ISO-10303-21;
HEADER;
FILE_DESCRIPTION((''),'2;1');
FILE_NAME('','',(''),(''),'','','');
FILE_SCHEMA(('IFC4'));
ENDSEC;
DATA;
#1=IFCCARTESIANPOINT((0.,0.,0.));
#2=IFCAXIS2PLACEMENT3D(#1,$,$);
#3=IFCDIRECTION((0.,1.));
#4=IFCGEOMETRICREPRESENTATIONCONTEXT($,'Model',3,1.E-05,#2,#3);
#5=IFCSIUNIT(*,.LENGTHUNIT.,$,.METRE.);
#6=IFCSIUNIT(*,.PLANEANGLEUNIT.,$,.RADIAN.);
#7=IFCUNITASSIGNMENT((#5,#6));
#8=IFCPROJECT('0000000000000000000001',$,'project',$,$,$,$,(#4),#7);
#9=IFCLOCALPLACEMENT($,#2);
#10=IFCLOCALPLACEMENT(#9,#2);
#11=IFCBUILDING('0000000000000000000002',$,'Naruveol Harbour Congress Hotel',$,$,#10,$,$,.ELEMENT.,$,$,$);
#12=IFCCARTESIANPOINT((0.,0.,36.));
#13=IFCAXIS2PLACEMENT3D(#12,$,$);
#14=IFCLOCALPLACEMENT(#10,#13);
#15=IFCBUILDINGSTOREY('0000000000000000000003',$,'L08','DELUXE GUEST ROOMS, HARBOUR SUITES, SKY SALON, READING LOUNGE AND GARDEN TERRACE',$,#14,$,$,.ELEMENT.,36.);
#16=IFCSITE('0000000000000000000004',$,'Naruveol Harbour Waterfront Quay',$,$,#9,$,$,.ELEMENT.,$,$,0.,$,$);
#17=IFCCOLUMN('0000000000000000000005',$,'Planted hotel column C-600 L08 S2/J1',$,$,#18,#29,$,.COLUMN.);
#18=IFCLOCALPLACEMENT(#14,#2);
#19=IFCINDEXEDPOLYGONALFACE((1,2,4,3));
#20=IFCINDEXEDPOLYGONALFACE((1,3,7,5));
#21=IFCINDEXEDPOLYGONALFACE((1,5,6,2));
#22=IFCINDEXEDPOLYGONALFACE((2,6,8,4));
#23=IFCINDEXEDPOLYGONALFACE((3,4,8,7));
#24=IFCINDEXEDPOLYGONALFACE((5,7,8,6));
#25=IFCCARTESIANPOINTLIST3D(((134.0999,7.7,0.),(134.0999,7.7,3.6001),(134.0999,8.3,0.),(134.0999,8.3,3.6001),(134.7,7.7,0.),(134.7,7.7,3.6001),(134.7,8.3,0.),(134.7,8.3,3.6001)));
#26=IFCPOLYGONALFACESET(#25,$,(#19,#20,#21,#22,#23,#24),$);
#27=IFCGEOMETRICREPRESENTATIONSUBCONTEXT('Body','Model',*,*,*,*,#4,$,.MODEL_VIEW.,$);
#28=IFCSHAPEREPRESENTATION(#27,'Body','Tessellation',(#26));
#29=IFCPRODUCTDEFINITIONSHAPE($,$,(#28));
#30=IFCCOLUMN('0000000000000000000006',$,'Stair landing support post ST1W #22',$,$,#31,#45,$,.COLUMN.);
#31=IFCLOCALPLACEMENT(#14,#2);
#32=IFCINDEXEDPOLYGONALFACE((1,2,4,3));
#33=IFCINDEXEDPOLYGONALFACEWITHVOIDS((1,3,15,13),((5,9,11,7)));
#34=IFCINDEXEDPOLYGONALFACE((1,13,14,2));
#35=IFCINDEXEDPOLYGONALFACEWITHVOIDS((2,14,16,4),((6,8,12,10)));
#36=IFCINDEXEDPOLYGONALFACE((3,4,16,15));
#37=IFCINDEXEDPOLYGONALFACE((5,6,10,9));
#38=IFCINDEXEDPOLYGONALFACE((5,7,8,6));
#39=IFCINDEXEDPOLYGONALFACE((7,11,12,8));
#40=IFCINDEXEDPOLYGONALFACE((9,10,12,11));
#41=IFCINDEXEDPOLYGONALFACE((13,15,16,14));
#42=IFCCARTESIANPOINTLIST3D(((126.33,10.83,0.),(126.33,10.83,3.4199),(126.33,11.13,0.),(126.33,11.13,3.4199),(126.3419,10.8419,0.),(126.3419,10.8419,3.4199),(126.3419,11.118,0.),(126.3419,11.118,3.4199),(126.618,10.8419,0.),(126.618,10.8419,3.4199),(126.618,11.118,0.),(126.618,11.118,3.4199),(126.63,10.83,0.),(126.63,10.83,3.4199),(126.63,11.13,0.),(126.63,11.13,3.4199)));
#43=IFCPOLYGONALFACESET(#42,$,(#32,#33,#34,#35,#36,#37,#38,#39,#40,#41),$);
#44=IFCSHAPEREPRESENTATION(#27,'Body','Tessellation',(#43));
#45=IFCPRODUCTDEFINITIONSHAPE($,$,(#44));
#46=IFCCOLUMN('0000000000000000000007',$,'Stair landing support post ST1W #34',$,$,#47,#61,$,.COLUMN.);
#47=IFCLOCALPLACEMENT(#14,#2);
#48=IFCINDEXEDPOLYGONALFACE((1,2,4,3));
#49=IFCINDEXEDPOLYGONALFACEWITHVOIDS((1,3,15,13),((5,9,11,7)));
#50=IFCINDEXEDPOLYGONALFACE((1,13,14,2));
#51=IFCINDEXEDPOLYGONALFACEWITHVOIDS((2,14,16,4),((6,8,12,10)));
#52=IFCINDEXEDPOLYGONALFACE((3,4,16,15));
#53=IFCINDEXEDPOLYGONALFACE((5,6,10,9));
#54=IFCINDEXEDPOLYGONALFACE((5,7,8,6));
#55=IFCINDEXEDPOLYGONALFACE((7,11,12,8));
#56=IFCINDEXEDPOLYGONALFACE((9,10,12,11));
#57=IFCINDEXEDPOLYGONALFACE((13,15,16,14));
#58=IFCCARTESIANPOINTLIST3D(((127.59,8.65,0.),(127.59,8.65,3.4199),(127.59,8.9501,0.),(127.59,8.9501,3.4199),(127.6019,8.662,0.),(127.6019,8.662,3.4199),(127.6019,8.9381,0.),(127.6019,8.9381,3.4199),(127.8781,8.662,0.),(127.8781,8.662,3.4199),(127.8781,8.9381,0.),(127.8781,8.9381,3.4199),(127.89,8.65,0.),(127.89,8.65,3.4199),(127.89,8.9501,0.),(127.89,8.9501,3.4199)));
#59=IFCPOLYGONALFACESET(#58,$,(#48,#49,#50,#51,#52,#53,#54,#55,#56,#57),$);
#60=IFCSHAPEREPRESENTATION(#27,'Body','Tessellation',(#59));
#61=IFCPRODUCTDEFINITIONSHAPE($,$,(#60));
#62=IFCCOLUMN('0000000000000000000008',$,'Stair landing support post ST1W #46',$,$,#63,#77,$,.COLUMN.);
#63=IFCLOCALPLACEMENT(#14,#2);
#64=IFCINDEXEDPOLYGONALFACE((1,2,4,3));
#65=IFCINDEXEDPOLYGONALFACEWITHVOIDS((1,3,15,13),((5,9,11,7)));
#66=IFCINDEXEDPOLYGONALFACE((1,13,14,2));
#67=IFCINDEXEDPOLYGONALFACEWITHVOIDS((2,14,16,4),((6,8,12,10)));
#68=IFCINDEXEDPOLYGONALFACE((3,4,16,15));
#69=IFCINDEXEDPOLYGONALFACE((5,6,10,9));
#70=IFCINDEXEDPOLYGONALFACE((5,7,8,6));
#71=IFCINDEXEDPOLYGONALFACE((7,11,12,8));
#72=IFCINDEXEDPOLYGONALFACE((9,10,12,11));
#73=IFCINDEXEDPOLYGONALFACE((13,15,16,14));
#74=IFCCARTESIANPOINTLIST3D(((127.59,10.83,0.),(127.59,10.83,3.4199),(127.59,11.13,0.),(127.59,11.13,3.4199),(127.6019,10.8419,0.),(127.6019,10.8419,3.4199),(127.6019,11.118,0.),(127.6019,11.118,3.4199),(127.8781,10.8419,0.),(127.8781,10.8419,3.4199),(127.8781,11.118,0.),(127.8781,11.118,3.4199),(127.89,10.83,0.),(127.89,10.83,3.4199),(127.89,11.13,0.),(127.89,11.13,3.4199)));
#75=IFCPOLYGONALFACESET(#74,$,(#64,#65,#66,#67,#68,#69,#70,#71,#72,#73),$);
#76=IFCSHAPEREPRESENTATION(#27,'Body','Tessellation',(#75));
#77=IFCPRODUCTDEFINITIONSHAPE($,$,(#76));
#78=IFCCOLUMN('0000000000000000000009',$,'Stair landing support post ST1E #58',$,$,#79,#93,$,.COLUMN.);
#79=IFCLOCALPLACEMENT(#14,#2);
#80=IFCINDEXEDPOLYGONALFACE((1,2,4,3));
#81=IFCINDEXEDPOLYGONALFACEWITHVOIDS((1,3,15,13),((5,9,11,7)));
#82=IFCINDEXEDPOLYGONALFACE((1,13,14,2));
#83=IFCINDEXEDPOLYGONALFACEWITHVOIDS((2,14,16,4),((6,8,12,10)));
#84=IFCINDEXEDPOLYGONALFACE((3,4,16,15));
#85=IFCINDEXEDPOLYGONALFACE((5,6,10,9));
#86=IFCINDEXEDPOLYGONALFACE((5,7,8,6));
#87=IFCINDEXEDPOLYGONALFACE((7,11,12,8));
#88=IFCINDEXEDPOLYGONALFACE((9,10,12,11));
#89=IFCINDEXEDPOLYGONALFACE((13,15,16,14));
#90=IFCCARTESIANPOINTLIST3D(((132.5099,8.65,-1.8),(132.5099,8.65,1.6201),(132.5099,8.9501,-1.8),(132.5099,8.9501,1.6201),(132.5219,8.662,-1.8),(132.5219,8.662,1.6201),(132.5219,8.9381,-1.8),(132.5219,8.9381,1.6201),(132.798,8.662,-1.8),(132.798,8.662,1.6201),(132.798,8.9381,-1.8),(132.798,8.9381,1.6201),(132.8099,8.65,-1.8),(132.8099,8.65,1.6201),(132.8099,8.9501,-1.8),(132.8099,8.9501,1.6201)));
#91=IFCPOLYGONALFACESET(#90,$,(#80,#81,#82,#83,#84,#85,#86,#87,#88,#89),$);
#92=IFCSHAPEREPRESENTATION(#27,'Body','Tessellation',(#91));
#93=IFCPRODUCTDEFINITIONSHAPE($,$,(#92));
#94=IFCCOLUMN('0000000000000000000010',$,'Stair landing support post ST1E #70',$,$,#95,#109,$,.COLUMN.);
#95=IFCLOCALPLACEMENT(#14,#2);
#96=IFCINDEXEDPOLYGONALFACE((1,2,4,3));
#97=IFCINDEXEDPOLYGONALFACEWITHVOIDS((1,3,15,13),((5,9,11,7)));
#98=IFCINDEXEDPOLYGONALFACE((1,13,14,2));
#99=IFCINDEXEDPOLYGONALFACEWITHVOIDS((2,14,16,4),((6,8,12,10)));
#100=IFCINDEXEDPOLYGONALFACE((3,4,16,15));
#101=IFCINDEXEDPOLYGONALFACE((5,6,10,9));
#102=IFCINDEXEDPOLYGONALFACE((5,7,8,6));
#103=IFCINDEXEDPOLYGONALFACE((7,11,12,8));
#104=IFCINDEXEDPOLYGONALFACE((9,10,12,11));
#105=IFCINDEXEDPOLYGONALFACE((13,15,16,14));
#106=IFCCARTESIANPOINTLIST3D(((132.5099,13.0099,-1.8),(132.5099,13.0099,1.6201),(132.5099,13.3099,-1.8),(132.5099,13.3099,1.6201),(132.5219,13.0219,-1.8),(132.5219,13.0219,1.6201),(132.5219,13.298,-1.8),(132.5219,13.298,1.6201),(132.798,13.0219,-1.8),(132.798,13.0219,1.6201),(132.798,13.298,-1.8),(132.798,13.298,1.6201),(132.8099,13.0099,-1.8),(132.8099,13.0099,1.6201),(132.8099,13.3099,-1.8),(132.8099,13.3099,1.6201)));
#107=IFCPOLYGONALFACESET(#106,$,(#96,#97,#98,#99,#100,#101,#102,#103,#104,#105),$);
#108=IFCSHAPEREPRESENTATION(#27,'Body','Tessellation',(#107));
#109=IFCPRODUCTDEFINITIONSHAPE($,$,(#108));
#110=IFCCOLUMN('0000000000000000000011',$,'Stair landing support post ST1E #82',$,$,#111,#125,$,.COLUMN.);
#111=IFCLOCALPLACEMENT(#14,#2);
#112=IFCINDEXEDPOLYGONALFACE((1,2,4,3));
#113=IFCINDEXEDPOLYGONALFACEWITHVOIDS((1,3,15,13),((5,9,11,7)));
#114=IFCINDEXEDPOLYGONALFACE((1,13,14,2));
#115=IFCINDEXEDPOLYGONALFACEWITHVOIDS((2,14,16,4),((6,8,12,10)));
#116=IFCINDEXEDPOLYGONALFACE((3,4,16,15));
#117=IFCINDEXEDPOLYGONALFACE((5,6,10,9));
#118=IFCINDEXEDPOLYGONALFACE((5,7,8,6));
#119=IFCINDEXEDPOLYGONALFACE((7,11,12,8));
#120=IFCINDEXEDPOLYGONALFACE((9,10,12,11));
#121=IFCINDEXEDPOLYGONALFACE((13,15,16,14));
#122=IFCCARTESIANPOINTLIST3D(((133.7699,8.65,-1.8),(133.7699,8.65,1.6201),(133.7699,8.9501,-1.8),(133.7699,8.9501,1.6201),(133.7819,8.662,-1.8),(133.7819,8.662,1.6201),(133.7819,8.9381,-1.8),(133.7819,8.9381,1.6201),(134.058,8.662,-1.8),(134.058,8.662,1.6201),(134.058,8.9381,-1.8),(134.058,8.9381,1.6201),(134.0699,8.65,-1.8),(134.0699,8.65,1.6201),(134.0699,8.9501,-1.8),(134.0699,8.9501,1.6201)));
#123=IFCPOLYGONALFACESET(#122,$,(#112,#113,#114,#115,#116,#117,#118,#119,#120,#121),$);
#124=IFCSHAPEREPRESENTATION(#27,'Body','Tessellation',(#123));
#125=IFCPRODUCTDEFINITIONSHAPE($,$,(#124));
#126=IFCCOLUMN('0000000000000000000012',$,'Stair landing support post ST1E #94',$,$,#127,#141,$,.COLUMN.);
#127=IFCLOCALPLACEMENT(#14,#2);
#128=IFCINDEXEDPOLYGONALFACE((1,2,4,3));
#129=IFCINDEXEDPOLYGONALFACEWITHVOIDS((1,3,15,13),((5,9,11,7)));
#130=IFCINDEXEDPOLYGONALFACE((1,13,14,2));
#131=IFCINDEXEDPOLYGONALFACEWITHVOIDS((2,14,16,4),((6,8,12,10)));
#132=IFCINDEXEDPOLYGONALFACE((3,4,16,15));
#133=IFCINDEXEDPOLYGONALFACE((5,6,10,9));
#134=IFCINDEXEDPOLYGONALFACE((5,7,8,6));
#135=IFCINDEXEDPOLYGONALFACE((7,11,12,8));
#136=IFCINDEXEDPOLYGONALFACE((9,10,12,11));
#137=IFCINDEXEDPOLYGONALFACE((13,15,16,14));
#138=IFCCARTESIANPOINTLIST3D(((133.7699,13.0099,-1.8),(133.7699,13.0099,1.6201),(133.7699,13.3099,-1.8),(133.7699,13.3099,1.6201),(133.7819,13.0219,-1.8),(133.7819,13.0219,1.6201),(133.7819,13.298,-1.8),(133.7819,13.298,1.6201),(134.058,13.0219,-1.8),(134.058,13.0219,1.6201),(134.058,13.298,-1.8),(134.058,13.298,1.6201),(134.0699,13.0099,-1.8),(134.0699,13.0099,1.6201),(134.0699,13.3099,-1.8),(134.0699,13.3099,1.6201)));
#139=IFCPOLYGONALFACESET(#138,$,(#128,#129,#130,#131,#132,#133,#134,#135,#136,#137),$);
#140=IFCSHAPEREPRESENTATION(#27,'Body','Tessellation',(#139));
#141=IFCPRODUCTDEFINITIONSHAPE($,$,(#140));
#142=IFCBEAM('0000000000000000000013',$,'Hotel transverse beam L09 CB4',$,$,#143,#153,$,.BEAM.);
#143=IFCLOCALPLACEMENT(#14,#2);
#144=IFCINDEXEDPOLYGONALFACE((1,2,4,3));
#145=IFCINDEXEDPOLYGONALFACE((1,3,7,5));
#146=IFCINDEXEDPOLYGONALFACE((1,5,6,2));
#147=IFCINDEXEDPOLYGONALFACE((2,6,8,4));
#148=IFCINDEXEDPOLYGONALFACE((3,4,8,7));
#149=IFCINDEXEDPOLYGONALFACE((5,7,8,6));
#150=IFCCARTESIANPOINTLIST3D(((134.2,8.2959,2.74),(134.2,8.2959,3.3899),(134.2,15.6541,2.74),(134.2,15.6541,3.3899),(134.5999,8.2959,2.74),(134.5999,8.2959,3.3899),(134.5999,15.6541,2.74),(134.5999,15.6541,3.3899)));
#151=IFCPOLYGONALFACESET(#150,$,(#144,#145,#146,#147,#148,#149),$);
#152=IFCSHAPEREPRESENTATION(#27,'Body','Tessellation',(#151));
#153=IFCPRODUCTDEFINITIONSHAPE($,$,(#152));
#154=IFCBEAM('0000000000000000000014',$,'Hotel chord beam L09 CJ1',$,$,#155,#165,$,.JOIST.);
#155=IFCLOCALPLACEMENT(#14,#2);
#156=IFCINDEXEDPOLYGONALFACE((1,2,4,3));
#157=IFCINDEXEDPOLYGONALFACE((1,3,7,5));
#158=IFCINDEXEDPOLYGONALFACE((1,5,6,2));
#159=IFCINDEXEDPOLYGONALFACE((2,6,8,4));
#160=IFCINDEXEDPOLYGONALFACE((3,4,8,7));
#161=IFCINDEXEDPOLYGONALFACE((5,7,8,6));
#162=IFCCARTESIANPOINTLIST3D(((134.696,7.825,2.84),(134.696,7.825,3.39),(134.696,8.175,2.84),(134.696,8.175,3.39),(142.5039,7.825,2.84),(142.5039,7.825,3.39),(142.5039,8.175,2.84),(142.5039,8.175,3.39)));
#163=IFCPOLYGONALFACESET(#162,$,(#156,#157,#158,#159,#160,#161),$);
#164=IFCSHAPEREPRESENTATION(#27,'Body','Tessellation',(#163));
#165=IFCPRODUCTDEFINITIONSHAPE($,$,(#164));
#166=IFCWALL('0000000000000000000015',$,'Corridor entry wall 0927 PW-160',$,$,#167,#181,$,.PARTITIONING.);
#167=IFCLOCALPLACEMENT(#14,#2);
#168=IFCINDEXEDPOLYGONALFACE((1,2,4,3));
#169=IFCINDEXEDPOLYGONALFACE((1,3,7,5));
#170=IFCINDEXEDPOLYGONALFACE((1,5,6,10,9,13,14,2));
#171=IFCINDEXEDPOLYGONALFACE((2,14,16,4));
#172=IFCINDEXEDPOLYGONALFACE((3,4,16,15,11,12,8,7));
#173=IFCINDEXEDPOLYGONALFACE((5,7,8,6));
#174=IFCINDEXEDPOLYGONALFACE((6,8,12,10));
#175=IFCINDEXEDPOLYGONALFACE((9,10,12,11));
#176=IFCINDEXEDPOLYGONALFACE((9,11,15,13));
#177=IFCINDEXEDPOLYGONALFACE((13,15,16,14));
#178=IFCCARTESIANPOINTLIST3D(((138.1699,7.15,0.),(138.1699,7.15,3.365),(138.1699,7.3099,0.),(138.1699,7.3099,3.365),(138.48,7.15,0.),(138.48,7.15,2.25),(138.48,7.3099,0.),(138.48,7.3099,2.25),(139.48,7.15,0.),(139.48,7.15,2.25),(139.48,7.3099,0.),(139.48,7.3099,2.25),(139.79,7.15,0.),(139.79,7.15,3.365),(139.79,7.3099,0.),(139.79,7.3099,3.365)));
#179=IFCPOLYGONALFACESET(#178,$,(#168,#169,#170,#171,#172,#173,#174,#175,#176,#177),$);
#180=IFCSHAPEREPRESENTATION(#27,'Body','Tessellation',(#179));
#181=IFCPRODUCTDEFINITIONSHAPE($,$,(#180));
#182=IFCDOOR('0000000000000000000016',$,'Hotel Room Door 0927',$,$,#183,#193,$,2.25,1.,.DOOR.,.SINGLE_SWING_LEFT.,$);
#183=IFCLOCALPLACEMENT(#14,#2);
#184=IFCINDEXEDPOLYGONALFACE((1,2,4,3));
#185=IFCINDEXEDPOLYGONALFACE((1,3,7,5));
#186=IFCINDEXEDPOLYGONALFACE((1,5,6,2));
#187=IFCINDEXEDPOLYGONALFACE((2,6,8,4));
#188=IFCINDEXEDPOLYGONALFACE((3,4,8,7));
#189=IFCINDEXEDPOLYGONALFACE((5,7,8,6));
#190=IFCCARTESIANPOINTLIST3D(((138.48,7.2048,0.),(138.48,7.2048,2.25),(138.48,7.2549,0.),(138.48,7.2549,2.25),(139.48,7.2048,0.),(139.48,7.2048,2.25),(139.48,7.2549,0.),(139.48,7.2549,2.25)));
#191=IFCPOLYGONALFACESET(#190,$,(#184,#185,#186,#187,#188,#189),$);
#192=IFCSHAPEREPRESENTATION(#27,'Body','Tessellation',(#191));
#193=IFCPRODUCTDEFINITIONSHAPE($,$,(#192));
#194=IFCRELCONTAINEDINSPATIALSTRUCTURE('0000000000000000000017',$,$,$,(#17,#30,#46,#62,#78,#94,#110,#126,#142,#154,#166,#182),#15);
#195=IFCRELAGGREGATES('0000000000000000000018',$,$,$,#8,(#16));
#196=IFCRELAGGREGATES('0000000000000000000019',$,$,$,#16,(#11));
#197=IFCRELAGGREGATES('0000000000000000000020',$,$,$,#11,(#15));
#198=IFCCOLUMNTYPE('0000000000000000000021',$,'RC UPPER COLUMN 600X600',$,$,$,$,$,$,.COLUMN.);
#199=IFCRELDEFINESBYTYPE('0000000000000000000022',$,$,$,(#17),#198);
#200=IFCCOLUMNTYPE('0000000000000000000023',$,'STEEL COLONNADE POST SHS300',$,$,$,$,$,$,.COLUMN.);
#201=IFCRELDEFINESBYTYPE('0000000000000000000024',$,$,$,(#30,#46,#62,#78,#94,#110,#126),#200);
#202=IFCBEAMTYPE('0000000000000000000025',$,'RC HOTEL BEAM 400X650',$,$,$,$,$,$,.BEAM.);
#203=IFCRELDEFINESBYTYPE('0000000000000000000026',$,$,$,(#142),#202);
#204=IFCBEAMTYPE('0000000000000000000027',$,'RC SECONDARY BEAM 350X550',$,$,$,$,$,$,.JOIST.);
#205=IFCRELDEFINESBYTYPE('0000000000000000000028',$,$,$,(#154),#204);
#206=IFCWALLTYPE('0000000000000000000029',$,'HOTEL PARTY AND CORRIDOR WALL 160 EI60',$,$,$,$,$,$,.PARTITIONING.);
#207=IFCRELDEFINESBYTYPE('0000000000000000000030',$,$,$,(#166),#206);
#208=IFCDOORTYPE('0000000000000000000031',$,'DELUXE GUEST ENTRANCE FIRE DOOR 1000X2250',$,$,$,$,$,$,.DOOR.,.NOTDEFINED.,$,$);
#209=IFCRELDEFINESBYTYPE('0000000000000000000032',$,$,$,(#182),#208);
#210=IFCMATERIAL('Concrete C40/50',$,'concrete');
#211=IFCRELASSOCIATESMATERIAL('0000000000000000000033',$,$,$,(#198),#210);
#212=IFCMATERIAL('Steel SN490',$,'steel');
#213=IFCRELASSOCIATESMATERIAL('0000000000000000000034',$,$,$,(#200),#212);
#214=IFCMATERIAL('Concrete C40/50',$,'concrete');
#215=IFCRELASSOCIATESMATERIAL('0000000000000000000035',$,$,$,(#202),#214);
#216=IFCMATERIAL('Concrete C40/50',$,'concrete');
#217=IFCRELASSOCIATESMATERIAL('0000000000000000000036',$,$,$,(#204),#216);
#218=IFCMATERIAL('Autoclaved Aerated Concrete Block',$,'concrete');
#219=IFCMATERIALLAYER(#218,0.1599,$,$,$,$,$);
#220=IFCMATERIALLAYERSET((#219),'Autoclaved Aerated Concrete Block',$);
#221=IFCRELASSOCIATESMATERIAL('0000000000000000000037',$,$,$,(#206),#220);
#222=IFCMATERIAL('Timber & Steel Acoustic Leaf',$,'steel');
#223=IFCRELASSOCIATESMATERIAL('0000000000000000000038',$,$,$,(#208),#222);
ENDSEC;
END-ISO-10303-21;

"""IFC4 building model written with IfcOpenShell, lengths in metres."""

from ifc_helpers import new_model, si_unit, direction, frame, frame_2d, origin, origin_2d, place, context, subcontext, project, spatial, rectangle, hollow_rectangle, extrude, material, layer, layer_set, material_profile, profile_set, type_object, element, fill, save


model = new_model("IFC4")

# Units and contexts
model_context = context("Model", 3, precision=1e-05, world=origin(), true_north=direction((0.0, 1.0)))
body_context = subcontext(model_context, "Body", "Model", "MODEL_VIEW")
ifc_project = project(units=[si_unit("LENGTHUNIT", "METRE"), si_unit("PLANEANGLEUNIT", "RADIAN")], contexts=[model_context])

# Site, building, storey
site_placement = place(None, origin())
site = spatial("IfcSite", under=ifc_project, at=site_placement, Name="Naruveol Harbour Waterfront Quay", CompositionType="ELEMENT", RefElevation=0.0)
building_placement = place(site_placement, origin())
building = spatial("IfcBuilding", under=site, at=building_placement, Name="Naruveol Harbour Congress Hotel", CompositionType="ELEMENT")
storey_placement = place(building_placement, frame((0.0, 0.0, 36.0)))
storey = spatial("IfcBuildingStorey", under=building, at=storey_placement, Name="L08", Description="DELUXE GUEST ROOMS, HARBOUR SUITES, SKY SALON, READING LOUNGE AND GARDEN TERRACE", CompositionType="ELEMENT", Elevation=36.0)

# Columns
ifc_material_1 = material(Name="Concrete C40/50", Category="concrete")
ifc_material_profile_1 = material_profile(ifc_material_1, rectangle(XDim=0.6001, YDim=0.6001, at=origin_2d()), Name="RC-600x600")
ifc_profile_set_1 = profile_set([ifc_material_profile_1], Name="Concrete C40/50")
column_type_1 = type_object("IfcColumnType", Name="RC UPPER COLUMN 600X600", PredefinedType="COLUMN", material=ifc_profile_set_1)
column_placement = place(storey_placement, frame((134.3999, 8.0, 0.0), z_axis=(0.0, 0.0, 1.0), x_axis=(1.0, 0.0, 0.0)))
element("IfcColumn", 1, at=column_placement, inside=storey, type_object=column_type_1, Name="Planted hotel column C-600 L08 S2/J1", PredefinedType="COLUMN", context=body_context, shape_type="SweptSolid", body=[
    extrude(rectangle(XDim=0.6001, YDim=0.6001, at=origin_2d()), origin(), (0.0, 0.0, 1.0), 3.6001),
])
ifc_material_2 = material(Name="Steel SN490", Category="steel")
ifc_material_profile_2 = material_profile(ifc_material_2, hollow_rectangle(XDim=0.3, YDim=0.3, WallThickness=0.012, at=origin_2d()), Name="SHS-300x300x12")
ifc_profile_set_2 = profile_set([ifc_material_profile_2], Name="Steel SN490")
column_type_2 = type_object("IfcColumnType", Name="STEEL COLONNADE POST SHS300", PredefinedType="COLUMN", material=ifc_profile_set_2)
for number, where, z_axis, x_axis, name in (
    (2, (126.48, 10.98, 0.0), (0.0, 0.0, 1.0), (1.0, 0.0, 0.0), "Stair landing support post ST1W #22"),
    (3, (127.74, 8.8, 0.0), (0.0, 0.0, 1.0), (1.0, 0.0, 0.0), "Stair landing support post ST1W #34"),
    (4, (127.74, 10.98, 0.0), (0.0, 0.0, 1.0), (1.0, 0.0, 0.0), "Stair landing support post ST1W #46"),
):
    element("IfcColumn", number, at=place(storey_placement, frame(where, z_axis=z_axis, x_axis=x_axis)), inside=storey, type_object=column_type_2, Name=name, PredefinedType="COLUMN", context=body_context, shape_type="SweptSolid", body=[
        extrude(hollow_rectangle(XDim=0.3, YDim=0.3, WallThickness=0.012, at=origin_2d()), origin(), (0.0, 0.0, 1.0), 3.4199),
    ])
for number, where, z_axis, x_axis, name in (
    (5, (132.6599, 8.8, -1.8), (0.0, 0.0, 1.0), (1.0, 0.0, 0.0), "Stair landing support post ST1E #58"),
    (6, (132.6599, 13.1599, -1.8), (0.0, 0.0, 1.0), (1.0, 0.0, 0.0), "Stair landing support post ST1E #70"),
    (7, (133.9199, 8.8, -1.8), (0.0, 0.0, 1.0), (1.0, 0.0, 0.0), "Stair landing support post ST1E #82"),
    (8, (133.9199, 13.1599, -1.8), (0.0, 0.0, 1.0), (1.0, 0.0, 0.0), "Stair landing support post ST1E #94"),
):
    element("IfcColumn", number, at=place(storey_placement, frame(where, z_axis=z_axis, x_axis=x_axis)), inside=storey, type_object=column_type_2, Name=name, PredefinedType="COLUMN", context=body_context, shape_type="SweptSolid", body=[
        extrude(hollow_rectangle(XDim=0.3, YDim=0.3, WallThickness=0.012, at=origin_2d()), origin(), (0.0, 0.0, 1.0), 3.4202),
    ])

# Beams
ifc_material_3 = material(Name="Concrete C40/50", Category="concrete")
ifc_material_profile_3 = material_profile(ifc_material_3, rectangle(XDim=0.3999, YDim=0.6499, at=origin_2d()), Name="RCB-400x650")
ifc_profile_set_3 = profile_set([ifc_material_profile_3], Name="Concrete C40/50")
beam_type_1 = type_object("IfcBeamType", Name="RC HOTEL BEAM 400X650", PredefinedType="BEAM", material=ifc_profile_set_3)
beam_1_placement = place(storey_placement, frame((134.3999, 8.2959, 3.0649), z_axis=(0.0, 1.0, 0.0), x_axis=(-1.0, 0.0, 0.0)))
element("IfcBeam", 9, at=beam_1_placement, inside=storey, type_object=beam_type_1, Name="Hotel transverse beam L09 CB4", PredefinedType="BEAM", context=body_context, shape_type="SweptSolid", body=[
    extrude(rectangle(XDim=0.3999, YDim=0.6499, at=origin_2d()), origin(), (0.0, 0.0, 1.0), 7.3582),
])
ifc_material_4 = material(Name="Concrete C40/50", Category="concrete")
ifc_material_profile_4 = material_profile(ifc_material_4, rectangle(XDim=0.3501, YDim=0.55, at=origin_2d()), Name="RCB-350x550")
ifc_profile_set_4 = profile_set([ifc_material_profile_4], Name="Concrete C40/50")
beam_type_2 = type_object("IfcBeamType", Name="RC SECONDARY BEAM 350X550", PredefinedType="JOIST", material=ifc_profile_set_4)
beam_2_placement = place(storey_placement, frame((134.696, 8.0, 3.115), z_axis=(1.0, 0.0, 0.0), x_axis=(0.0, 1.0, 0.0)))
element("IfcBeam", 10, at=beam_2_placement, inside=storey, type_object=beam_type_2, Name="Hotel chord beam L09 CJ1", PredefinedType="JOIST", context=body_context, shape_type="SweptSolid", body=[
    extrude(rectangle(XDim=0.3501, YDim=0.55, at=origin_2d()), origin(), (0.0, 0.0, 1.0), 7.8079),
])

# Wall, opening, door
ifc_material_5 = material(Name="Autoclaved Aerated Concrete Block", Category="concrete")
ifc_layer_1 = layer(ifc_material_5, 0.1599)
ifc_layer_set_1 = layer_set([ifc_layer_1], Name="Autoclaved Aerated Concrete Block")
wall_type_1 = type_object("IfcWallType", Name="HOTEL PARTY AND CORRIDOR WALL 160 EI60", PredefinedType="PARTITIONING", material=ifc_layer_set_1)
wall_1_placement = place(storey_placement, frame((138.1699, 7.23, 0.0), z_axis=(0.0, 0.0, 1.0), x_axis=(1.0, 0.0, 0.0)))
wall_1 = element("IfcWall", 11, at=wall_1_placement, inside=storey, type_object=wall_type_1, Name="Corridor entry wall 0927 PW-160", PredefinedType="PARTITIONING", context=body_context, shape_type="SweptSolid", body=[
    extrude(rectangle(XDim=1.6201, YDim=0.1599, at=frame_2d((0.8101, 0.0))), origin(), (0.0, 0.0, 1.0), 3.365),
])
opening_1_placement = place(wall_1_placement, frame((0.3101, 0.0, 0.0)))
opening_1 = element("IfcOpeningElement", 12, at=opening_1_placement, cuts=wall_1, PredefinedType="OPENING", context=body_context, shape_type="SweptSolid", body=[
    extrude(rectangle(XDim=1.0, YDim=2.25, at=frame_2d((0.5, 1.125))), frame((0.0, 0.0898, 0.0), z_axis=(0.0, -1.0, 0.0), x_axis=(1.0, 0.0, 0.0)), (0.0, 0.0, 1.0), 0.1799),
])
ifc_material_6 = material(Name="Timber & Steel Acoustic Leaf", Category="steel")
door_type_1 = type_object("IfcDoorType", Name="DELUXE GUEST ENTRANCE FIRE DOOR 1000X2250", OperationType="NOTDEFINED", PredefinedType="DOOR", material=ifc_material_6)
door_1_placement = place(opening_1_placement, origin())
door_1 = element("IfcDoor", 13, at=door_1_placement, inside=storey, type_object=door_type_1, Name="Hotel Room Door 0927", OperationType="SINGLE_SWING_LEFT", OverallHeight=2.25, OverallWidth=1.0, PredefinedType="DOOR", context=body_context, shape_type="SweptSolid", body=[
    extrude(rectangle(XDim=1.0, YDim=2.25, at=frame_2d((0.5, 1.125))), frame((0.0, 0.0249, 0.0), z_axis=(0.0, -1.0, 0.0), x_axis=(1.0, 0.0, 0.0)), (0.0, 0.0, 1.0), 0.05),
])
fill(opening_1, door_1)

save(model, "model.ifc")
